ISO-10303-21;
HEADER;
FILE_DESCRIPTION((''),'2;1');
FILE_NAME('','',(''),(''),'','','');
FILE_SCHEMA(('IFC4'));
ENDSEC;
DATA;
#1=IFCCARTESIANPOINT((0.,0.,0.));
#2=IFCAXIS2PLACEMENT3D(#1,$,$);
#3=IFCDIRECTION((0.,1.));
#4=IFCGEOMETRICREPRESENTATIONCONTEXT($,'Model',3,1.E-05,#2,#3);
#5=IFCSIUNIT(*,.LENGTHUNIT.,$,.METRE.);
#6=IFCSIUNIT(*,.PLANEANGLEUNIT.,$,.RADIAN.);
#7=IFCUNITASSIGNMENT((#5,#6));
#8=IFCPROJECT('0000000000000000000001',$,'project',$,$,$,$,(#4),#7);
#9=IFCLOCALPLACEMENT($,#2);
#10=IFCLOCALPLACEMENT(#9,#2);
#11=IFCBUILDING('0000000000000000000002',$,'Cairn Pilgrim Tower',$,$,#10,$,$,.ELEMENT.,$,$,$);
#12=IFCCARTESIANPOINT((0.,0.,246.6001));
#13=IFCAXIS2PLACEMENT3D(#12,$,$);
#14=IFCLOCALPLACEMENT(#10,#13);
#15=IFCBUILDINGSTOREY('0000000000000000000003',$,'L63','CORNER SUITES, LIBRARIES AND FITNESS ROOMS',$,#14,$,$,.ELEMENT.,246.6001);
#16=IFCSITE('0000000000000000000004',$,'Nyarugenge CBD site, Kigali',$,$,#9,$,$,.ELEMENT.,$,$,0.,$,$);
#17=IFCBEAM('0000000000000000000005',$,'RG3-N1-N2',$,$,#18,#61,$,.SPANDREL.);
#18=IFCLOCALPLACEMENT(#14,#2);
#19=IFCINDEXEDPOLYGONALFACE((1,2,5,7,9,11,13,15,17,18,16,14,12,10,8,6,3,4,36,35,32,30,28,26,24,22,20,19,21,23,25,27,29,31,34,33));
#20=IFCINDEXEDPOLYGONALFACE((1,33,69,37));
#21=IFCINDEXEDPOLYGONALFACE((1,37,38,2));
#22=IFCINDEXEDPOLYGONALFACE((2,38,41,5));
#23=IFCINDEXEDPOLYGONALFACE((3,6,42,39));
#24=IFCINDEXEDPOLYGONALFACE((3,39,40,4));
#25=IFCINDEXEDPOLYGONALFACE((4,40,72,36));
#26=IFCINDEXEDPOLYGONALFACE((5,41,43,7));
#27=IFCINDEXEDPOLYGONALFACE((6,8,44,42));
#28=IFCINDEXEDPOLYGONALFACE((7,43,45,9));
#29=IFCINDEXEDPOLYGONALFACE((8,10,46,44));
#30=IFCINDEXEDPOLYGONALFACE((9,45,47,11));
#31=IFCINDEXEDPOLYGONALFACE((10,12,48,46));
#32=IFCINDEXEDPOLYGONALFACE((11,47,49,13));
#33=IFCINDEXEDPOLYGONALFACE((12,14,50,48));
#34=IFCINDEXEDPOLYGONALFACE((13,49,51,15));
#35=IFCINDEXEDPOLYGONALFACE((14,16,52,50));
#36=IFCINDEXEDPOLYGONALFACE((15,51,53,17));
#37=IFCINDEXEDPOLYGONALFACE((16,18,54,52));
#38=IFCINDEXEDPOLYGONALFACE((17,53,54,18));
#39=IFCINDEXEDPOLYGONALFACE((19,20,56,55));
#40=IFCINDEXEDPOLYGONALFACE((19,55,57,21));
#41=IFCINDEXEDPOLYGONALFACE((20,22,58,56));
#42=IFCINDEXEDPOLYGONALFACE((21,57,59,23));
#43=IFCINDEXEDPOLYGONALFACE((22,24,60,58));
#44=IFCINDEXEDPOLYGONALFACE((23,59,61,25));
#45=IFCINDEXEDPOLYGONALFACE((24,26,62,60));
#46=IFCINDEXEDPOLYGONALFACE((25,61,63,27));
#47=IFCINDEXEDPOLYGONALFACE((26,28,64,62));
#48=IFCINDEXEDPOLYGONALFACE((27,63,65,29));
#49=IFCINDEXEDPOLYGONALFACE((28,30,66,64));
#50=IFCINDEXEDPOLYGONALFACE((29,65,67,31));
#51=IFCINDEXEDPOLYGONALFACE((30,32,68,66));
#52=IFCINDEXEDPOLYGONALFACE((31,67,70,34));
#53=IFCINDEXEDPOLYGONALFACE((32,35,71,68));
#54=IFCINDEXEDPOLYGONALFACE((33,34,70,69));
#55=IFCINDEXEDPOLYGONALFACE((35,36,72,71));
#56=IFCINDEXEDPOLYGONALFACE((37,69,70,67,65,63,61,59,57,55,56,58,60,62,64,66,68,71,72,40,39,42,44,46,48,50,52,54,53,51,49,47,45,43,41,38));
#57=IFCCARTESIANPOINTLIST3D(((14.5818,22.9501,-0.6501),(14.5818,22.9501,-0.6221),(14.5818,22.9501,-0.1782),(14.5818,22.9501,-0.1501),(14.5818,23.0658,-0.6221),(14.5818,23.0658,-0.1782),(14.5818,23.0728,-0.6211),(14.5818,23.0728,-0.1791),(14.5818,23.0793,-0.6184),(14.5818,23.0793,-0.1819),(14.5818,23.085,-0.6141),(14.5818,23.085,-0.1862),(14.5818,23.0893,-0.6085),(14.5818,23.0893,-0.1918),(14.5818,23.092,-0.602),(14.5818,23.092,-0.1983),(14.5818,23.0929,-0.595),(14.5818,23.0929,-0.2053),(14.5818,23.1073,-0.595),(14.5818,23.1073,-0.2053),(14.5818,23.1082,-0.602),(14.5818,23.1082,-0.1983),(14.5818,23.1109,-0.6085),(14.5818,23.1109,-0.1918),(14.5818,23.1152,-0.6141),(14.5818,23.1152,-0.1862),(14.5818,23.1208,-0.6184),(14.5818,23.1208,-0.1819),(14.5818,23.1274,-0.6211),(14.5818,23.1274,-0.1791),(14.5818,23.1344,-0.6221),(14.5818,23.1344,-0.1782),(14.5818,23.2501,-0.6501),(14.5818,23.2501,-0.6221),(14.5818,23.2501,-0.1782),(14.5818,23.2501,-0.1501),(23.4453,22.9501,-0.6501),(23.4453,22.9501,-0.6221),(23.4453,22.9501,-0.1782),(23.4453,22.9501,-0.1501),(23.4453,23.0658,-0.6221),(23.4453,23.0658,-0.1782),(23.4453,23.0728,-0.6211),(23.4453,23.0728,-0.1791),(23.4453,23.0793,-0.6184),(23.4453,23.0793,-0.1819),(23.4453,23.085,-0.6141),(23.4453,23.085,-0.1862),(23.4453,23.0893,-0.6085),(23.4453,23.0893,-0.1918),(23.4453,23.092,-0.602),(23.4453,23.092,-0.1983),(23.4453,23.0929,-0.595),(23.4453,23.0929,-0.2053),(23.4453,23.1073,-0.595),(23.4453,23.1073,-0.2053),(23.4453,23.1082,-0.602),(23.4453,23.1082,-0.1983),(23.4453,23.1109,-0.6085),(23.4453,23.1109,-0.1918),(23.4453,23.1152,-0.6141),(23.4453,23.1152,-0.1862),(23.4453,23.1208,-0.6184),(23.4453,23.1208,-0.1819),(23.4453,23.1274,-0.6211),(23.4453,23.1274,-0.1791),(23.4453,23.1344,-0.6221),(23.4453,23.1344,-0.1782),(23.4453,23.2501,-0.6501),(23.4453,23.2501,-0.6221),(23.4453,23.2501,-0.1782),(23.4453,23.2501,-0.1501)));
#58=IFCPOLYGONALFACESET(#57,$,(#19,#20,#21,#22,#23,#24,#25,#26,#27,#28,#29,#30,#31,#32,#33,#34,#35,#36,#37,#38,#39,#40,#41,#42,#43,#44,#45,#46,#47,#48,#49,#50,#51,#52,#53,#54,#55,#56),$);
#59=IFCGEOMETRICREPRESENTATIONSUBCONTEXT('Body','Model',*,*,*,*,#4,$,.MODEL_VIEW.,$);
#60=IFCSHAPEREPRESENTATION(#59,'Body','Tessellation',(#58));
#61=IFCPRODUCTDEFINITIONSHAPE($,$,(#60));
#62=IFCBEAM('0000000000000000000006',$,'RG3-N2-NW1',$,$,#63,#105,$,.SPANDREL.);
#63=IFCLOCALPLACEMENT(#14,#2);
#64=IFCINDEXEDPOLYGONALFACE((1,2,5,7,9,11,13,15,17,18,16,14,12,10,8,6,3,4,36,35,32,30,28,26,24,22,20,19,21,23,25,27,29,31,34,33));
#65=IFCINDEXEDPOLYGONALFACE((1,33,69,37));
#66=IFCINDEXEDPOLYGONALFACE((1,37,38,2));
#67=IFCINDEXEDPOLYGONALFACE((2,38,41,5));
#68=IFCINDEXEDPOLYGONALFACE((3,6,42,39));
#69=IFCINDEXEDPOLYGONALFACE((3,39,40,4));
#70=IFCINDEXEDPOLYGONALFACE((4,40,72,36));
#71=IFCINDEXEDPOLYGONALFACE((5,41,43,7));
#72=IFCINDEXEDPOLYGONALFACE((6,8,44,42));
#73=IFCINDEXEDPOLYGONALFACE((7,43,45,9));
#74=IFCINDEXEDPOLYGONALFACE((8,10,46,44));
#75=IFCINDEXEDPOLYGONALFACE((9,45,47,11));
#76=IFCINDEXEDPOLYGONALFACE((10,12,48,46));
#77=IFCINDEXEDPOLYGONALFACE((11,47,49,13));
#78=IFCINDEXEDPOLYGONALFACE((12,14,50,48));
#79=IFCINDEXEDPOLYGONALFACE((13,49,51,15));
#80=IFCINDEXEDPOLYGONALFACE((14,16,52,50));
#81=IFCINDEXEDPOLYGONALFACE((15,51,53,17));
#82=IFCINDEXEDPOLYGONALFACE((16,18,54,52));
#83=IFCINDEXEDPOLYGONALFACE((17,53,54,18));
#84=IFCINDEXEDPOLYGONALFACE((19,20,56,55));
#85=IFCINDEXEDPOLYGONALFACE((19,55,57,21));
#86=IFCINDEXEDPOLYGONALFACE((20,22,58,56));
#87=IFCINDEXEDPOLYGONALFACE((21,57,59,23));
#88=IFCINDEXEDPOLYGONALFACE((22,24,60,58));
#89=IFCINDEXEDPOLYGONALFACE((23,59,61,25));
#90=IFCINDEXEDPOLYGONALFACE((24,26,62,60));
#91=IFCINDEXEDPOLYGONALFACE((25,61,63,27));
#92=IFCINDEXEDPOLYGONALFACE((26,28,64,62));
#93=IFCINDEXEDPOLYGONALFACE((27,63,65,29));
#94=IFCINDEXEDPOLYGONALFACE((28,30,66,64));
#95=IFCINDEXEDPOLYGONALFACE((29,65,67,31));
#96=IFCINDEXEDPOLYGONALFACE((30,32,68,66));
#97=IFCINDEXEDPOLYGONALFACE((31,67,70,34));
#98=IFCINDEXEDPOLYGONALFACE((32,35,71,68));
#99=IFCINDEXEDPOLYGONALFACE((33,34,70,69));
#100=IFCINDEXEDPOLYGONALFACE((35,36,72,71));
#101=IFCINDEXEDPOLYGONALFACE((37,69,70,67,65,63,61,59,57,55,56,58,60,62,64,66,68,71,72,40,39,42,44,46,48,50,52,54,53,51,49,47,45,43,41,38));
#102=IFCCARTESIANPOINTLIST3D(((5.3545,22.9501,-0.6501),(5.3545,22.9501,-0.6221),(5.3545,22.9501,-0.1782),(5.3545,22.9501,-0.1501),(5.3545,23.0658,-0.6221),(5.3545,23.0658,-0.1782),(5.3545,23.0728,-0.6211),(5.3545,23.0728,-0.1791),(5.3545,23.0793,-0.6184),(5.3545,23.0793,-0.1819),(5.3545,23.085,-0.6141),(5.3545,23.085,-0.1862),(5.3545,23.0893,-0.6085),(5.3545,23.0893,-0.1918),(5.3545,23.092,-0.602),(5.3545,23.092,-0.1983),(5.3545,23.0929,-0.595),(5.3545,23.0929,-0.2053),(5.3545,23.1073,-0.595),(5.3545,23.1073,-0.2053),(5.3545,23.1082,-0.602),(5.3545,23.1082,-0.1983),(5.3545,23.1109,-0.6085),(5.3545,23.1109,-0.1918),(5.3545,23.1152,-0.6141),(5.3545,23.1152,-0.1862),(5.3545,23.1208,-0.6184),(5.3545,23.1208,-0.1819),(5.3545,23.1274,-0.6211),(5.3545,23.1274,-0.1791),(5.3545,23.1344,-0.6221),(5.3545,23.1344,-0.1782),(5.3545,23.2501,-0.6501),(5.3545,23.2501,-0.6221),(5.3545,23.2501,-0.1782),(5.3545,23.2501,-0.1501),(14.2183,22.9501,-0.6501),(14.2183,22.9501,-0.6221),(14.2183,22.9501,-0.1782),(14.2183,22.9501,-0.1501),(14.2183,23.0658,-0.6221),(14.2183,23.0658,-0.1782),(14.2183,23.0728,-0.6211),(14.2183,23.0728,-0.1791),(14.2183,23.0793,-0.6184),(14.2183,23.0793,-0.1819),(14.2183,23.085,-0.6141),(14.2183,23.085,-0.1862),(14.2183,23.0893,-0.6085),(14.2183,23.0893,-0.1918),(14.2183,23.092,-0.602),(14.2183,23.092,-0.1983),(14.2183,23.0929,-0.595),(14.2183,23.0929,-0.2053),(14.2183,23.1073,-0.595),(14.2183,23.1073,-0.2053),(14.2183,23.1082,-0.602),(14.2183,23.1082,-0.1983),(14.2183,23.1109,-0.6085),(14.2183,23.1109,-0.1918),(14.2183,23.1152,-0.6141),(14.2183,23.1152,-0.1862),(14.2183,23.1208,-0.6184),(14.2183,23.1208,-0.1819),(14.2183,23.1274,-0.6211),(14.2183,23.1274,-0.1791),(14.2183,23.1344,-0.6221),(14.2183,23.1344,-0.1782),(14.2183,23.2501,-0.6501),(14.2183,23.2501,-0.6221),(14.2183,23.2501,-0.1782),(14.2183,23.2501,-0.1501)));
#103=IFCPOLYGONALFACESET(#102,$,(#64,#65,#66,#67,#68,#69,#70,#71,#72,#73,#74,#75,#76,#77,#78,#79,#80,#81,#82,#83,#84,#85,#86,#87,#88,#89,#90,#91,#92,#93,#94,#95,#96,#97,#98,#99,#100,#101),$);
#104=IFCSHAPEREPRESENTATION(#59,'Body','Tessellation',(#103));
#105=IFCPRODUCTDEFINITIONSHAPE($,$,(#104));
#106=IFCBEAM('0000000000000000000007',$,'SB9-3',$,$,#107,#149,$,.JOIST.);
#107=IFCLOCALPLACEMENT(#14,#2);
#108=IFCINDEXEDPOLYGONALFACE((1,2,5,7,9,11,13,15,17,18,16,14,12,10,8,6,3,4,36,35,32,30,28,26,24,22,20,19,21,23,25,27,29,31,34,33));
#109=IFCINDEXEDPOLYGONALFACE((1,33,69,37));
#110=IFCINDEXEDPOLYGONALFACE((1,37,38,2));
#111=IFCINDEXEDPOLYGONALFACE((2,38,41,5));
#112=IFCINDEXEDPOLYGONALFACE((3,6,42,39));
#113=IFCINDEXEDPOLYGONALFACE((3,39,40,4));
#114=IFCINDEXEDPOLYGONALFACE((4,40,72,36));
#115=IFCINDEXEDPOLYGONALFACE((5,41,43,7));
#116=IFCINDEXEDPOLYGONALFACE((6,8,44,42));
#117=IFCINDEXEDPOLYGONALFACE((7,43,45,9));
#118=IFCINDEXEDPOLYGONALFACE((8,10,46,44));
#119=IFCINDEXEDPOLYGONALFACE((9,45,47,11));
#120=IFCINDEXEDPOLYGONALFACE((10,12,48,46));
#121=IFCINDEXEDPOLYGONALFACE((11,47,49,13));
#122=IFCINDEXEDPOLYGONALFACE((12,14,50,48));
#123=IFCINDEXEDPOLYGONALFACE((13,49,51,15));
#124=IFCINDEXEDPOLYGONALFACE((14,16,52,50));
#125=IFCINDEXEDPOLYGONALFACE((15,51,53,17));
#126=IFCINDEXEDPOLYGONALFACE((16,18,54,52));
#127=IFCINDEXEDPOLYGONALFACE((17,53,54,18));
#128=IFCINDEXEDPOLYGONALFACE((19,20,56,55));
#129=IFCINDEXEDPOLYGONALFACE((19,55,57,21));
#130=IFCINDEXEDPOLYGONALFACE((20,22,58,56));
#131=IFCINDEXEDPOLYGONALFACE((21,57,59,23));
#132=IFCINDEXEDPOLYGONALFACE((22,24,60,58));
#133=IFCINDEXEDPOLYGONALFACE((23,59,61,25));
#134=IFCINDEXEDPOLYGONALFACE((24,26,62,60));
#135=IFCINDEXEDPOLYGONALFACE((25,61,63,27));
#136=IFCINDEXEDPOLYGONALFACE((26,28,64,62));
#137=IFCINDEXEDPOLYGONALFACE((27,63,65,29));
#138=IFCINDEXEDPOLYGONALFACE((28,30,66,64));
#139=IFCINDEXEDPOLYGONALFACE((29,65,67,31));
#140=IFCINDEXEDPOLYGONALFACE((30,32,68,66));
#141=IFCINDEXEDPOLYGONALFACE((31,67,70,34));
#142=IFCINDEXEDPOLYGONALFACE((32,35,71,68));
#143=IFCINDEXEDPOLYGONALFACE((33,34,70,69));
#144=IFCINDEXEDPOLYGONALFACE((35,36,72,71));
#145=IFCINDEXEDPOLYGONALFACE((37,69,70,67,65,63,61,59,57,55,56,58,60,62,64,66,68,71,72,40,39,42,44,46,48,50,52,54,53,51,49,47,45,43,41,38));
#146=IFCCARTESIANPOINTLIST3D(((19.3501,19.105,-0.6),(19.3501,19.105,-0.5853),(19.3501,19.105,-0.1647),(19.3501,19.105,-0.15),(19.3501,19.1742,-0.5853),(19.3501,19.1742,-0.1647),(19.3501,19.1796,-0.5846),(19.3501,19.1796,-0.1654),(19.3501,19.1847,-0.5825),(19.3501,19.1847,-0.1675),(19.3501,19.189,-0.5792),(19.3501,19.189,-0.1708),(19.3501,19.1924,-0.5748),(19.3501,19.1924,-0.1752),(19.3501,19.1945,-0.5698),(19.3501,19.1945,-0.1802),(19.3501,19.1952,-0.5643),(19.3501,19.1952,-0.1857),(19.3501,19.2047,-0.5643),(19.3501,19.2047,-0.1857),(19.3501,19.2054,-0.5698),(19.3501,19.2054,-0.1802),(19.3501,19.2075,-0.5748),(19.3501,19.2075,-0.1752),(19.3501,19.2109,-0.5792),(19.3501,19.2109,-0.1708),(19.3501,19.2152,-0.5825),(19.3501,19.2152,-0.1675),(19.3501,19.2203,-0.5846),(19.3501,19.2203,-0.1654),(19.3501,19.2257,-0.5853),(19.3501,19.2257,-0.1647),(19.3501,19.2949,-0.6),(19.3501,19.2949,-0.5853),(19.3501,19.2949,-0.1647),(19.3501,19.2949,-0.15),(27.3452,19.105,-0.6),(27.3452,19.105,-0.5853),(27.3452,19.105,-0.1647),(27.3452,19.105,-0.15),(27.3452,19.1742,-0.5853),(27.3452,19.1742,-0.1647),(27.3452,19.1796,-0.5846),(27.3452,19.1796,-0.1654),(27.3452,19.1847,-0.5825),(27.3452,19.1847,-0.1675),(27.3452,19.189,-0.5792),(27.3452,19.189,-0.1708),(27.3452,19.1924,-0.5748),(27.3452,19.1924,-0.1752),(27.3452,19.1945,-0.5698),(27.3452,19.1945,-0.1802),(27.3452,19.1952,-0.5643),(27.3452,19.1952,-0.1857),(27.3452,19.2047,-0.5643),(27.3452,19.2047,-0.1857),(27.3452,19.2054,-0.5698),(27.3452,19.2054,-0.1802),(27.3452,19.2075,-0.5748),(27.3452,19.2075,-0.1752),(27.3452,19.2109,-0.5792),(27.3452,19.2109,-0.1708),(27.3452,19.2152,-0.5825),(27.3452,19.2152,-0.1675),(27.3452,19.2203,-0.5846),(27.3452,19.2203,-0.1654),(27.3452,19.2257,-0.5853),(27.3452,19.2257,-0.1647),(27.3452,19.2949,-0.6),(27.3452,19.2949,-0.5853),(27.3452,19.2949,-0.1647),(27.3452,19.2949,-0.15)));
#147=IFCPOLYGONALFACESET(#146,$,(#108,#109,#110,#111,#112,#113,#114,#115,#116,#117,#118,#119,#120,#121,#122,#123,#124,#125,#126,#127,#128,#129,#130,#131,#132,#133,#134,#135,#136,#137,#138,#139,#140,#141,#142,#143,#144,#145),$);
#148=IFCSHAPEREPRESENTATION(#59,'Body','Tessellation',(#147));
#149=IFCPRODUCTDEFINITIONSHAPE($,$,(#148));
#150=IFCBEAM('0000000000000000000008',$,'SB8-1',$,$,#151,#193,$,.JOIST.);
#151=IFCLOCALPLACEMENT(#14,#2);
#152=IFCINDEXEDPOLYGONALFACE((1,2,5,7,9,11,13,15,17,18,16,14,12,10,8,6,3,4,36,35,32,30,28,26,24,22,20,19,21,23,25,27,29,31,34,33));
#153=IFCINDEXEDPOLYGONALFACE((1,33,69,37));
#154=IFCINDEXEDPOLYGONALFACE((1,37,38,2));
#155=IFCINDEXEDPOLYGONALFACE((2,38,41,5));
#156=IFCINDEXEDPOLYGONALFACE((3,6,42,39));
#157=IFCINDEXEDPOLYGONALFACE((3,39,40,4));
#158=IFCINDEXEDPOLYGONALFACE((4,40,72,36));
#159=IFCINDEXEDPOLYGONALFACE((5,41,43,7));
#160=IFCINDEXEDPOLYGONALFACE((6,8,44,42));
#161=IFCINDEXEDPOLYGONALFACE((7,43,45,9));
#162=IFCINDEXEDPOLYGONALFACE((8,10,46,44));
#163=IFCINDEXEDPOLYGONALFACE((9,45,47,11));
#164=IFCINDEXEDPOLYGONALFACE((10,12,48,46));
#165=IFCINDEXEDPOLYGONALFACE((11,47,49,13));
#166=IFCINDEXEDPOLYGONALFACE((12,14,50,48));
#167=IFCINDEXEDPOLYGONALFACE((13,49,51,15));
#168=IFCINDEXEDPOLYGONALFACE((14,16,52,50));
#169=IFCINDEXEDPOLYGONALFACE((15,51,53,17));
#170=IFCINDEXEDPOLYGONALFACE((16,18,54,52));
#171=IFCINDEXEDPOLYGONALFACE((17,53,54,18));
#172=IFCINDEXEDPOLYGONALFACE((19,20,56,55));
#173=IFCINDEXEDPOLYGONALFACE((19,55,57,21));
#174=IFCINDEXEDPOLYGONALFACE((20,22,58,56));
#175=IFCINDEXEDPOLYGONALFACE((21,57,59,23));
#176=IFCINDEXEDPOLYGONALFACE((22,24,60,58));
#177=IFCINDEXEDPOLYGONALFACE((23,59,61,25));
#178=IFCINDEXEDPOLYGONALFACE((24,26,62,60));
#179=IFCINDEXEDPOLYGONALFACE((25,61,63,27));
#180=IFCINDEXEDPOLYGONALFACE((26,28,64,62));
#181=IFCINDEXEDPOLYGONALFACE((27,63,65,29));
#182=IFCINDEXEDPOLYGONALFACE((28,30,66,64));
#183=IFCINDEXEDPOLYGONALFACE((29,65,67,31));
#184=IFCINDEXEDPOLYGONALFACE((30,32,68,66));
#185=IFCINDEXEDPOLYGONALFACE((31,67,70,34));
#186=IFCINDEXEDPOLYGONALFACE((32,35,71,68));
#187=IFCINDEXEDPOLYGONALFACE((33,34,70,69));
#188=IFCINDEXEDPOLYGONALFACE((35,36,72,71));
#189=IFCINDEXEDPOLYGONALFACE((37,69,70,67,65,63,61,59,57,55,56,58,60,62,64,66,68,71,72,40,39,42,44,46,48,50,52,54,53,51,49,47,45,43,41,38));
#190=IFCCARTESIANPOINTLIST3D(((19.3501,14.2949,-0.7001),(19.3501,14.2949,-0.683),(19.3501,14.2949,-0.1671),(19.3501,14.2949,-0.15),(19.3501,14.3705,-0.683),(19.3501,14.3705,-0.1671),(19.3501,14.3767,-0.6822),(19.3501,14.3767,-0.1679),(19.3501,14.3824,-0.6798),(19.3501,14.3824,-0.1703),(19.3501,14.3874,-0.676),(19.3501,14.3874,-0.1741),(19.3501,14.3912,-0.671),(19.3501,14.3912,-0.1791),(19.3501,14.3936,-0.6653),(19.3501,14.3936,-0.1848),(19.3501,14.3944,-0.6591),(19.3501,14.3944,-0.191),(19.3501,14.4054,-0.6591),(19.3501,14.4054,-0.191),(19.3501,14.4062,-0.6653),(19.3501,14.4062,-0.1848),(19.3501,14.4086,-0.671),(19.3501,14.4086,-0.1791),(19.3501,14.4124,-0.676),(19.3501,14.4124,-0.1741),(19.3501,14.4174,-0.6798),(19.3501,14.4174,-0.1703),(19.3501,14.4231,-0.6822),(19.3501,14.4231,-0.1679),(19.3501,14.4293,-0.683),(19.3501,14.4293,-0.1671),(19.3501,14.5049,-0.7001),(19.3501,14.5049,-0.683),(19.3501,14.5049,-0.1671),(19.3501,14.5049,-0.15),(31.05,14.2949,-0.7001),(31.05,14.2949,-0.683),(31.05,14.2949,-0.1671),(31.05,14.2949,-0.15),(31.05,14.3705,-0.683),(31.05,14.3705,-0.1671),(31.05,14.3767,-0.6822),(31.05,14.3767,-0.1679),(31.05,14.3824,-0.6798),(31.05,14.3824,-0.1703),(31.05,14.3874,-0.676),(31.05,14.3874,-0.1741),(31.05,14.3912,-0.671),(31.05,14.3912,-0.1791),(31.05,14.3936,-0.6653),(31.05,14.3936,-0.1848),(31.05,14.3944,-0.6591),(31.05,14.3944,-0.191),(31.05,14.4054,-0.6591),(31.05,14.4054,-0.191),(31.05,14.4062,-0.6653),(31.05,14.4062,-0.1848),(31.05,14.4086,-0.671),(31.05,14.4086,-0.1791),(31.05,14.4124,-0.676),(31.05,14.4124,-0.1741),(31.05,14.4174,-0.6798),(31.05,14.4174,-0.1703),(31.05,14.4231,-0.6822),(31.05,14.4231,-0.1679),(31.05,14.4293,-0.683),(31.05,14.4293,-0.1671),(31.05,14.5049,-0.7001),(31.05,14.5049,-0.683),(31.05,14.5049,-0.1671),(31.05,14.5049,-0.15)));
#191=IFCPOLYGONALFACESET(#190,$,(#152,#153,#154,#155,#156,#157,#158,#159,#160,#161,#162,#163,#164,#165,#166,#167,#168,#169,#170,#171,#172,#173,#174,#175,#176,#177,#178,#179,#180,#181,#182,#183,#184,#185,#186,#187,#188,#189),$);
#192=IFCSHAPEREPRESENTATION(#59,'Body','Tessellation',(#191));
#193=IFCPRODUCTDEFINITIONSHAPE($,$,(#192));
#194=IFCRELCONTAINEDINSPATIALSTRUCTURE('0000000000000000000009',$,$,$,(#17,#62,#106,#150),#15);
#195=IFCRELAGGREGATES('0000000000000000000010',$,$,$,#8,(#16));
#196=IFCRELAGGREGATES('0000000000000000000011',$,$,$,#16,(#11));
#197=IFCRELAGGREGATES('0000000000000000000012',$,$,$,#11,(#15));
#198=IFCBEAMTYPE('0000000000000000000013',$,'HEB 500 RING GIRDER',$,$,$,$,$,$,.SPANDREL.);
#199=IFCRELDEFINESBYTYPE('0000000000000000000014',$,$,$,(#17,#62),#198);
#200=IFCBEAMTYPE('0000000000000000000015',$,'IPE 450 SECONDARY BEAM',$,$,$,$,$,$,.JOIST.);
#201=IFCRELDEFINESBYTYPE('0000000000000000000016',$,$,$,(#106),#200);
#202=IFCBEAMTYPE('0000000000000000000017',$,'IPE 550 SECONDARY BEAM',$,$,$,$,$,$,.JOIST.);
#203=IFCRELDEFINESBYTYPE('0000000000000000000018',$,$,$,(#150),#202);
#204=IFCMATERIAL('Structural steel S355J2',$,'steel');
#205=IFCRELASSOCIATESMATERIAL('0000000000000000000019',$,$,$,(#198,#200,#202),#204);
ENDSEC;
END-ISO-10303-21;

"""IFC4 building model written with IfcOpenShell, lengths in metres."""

from ifc_helpers import new_model, si_unit, direction, frame, origin, origin_2d, place, context, subcontext, project, spatial, i_section, extrude, material, material_profile, profile_set, type_object, element, save


model = new_model("IFC4")

# Units and contexts
model_context = context("Model", 3, precision=1e-05, world=origin(), true_north=direction((0.0, 1.0)))
body_context = subcontext(model_context, "Body", "Model", "MODEL_VIEW")
ifc_project = project(units=[si_unit("LENGTHUNIT", "METRE"), si_unit("PLANEANGLEUNIT", "RADIAN")], contexts=[model_context])

# Site, building, storey
site_placement = place(None, origin())
site = spatial("IfcSite", under=ifc_project, at=site_placement, Name="Nyarugenge CBD site, Kigali", CompositionType="ELEMENT", RefElevation=0.0)
building_placement = place(site_placement, origin())
building = spatial("IfcBuilding", under=site, at=building_placement, Name="Cairn Pilgrim Tower", CompositionType="ELEMENT")
storey_placement = place(building_placement, frame((0.0, 0.0, 246.6001)))
storey = spatial("IfcBuildingStorey", under=building, at=storey_placement, Name="L63", Description="CORNER SUITES, LIBRARIES AND FITNESS ROOMS", CompositionType="ELEMENT", Elevation=246.6001)

# Beams
ifc_material_1 = material(Name="Structural steel S355J2", Category="steel")
ifc_material_profile_1 = material_profile(ifc_material_1, i_section(OverallWidth=0.3, OverallDepth=0.5, WebThickness=0.0144, FlangeThickness=0.0281, FilletRadius=0.0271, at=origin_2d()), Name="HEB 500")
ifc_profile_set_1 = profile_set([ifc_material_profile_1], Name="Structural steel S355J2")
beam_type_1 = type_object("IfcBeamType", Name="HEB 500 RING GIRDER", PredefinedType="SPANDREL", material=ifc_profile_set_1)
beam_1_placement = place(storey_placement, frame((23.4453, 23.1001, -0.4001), z_axis=(-1.0, 0.0, 0.0), x_axis=(0.0, -1.0, 0.0)))
element("IfcBeam", 1, at=beam_1_placement, inside=storey, type_object=beam_type_1, Name="RG3-N1-N2", PredefinedType="SPANDREL", context=body_context, shape_type="SweptSolid", body=[
    extrude(i_section(OverallWidth=0.3, OverallDepth=0.5, WebThickness=0.0144, FlangeThickness=0.0281, FilletRadius=0.0271, at=origin_2d()), origin(), (0.0, 0.0, 1.0), 8.8635),
])
beam_2_placement = place(storey_placement, frame((14.2183, 23.1001, -0.4001), z_axis=(-1.0, 0.0, 0.0), x_axis=(0.0, -1.0, 0.0)))
element("IfcBeam", 2, at=beam_2_placement, inside=storey, type_object=beam_type_1, Name="RG3-N2-NW1", PredefinedType="SPANDREL", context=body_context, shape_type="SweptSolid", body=[
    extrude(i_section(OverallWidth=0.3, OverallDepth=0.5, WebThickness=0.0144, FlangeThickness=0.0281, FilletRadius=0.0271, at=origin_2d()), origin(), (0.0, 0.0, 1.0), 8.8638),
])
ifc_material_profile_2 = material_profile(ifc_material_1, i_section(OverallWidth=0.1899, OverallDepth=0.45, WebThickness=0.0095, FlangeThickness=0.0146, FilletRadius=0.021, at=origin_2d()), Name="IPE 450")
ifc_profile_set_2 = profile_set([ifc_material_profile_2], Name="Structural steel S355J2")
beam_type_2 = type_object("IfcBeamType", Name="IPE 450 SECONDARY BEAM", PredefinedType="JOIST", material=ifc_profile_set_2)
beam_3_placement = place(storey_placement, frame((19.3501, 19.2, -0.375), z_axis=(1.0, 0.0, 0.0), x_axis=(0.0, 1.0, 0.0)))
element("IfcBeam", 3, at=beam_3_placement, inside=storey, type_object=beam_type_2, Name="SB9-3", PredefinedType="JOIST", context=body_context, shape_type="SweptSolid", body=[
    extrude(i_section(OverallWidth=0.1899, OverallDepth=0.45, WebThickness=0.0095, FlangeThickness=0.0146, FilletRadius=0.021, at=origin_2d()), origin(), (0.0, 0.0, 1.0), 7.9951),
])
ifc_material_profile_3 = material_profile(ifc_material_1, i_section(OverallWidth=0.21, OverallDepth=0.55, WebThickness=0.011, FlangeThickness=0.0171, FilletRadius=0.0239, at=origin_2d()), Name="IPE 550")
ifc_profile_set_3 = profile_set([ifc_material_profile_3], Name="Structural steel S355J2")
beam_type_3 = type_object("IfcBeamType", Name="IPE 550 SECONDARY BEAM", PredefinedType="JOIST", material=ifc_profile_set_3)
beam_4_placement = place(storey_placement, frame((19.3501, 14.3999, -0.425), z_axis=(1.0, 0.0, 0.0), x_axis=(0.0, 1.0, 0.0)))
element("IfcBeam", 4, at=beam_4_placement, inside=storey, type_object=beam_type_3, Name="SB8-1", PredefinedType="JOIST", context=body_context, shape_type="SweptSolid", body=[
    extrude(i_section(OverallWidth=0.21, OverallDepth=0.55, WebThickness=0.011, FlangeThickness=0.0171, FilletRadius=0.0239, at=origin_2d()), origin(), (0.0, 0.0, 1.0), 11.7),
])

save(model, "model.ifc")
